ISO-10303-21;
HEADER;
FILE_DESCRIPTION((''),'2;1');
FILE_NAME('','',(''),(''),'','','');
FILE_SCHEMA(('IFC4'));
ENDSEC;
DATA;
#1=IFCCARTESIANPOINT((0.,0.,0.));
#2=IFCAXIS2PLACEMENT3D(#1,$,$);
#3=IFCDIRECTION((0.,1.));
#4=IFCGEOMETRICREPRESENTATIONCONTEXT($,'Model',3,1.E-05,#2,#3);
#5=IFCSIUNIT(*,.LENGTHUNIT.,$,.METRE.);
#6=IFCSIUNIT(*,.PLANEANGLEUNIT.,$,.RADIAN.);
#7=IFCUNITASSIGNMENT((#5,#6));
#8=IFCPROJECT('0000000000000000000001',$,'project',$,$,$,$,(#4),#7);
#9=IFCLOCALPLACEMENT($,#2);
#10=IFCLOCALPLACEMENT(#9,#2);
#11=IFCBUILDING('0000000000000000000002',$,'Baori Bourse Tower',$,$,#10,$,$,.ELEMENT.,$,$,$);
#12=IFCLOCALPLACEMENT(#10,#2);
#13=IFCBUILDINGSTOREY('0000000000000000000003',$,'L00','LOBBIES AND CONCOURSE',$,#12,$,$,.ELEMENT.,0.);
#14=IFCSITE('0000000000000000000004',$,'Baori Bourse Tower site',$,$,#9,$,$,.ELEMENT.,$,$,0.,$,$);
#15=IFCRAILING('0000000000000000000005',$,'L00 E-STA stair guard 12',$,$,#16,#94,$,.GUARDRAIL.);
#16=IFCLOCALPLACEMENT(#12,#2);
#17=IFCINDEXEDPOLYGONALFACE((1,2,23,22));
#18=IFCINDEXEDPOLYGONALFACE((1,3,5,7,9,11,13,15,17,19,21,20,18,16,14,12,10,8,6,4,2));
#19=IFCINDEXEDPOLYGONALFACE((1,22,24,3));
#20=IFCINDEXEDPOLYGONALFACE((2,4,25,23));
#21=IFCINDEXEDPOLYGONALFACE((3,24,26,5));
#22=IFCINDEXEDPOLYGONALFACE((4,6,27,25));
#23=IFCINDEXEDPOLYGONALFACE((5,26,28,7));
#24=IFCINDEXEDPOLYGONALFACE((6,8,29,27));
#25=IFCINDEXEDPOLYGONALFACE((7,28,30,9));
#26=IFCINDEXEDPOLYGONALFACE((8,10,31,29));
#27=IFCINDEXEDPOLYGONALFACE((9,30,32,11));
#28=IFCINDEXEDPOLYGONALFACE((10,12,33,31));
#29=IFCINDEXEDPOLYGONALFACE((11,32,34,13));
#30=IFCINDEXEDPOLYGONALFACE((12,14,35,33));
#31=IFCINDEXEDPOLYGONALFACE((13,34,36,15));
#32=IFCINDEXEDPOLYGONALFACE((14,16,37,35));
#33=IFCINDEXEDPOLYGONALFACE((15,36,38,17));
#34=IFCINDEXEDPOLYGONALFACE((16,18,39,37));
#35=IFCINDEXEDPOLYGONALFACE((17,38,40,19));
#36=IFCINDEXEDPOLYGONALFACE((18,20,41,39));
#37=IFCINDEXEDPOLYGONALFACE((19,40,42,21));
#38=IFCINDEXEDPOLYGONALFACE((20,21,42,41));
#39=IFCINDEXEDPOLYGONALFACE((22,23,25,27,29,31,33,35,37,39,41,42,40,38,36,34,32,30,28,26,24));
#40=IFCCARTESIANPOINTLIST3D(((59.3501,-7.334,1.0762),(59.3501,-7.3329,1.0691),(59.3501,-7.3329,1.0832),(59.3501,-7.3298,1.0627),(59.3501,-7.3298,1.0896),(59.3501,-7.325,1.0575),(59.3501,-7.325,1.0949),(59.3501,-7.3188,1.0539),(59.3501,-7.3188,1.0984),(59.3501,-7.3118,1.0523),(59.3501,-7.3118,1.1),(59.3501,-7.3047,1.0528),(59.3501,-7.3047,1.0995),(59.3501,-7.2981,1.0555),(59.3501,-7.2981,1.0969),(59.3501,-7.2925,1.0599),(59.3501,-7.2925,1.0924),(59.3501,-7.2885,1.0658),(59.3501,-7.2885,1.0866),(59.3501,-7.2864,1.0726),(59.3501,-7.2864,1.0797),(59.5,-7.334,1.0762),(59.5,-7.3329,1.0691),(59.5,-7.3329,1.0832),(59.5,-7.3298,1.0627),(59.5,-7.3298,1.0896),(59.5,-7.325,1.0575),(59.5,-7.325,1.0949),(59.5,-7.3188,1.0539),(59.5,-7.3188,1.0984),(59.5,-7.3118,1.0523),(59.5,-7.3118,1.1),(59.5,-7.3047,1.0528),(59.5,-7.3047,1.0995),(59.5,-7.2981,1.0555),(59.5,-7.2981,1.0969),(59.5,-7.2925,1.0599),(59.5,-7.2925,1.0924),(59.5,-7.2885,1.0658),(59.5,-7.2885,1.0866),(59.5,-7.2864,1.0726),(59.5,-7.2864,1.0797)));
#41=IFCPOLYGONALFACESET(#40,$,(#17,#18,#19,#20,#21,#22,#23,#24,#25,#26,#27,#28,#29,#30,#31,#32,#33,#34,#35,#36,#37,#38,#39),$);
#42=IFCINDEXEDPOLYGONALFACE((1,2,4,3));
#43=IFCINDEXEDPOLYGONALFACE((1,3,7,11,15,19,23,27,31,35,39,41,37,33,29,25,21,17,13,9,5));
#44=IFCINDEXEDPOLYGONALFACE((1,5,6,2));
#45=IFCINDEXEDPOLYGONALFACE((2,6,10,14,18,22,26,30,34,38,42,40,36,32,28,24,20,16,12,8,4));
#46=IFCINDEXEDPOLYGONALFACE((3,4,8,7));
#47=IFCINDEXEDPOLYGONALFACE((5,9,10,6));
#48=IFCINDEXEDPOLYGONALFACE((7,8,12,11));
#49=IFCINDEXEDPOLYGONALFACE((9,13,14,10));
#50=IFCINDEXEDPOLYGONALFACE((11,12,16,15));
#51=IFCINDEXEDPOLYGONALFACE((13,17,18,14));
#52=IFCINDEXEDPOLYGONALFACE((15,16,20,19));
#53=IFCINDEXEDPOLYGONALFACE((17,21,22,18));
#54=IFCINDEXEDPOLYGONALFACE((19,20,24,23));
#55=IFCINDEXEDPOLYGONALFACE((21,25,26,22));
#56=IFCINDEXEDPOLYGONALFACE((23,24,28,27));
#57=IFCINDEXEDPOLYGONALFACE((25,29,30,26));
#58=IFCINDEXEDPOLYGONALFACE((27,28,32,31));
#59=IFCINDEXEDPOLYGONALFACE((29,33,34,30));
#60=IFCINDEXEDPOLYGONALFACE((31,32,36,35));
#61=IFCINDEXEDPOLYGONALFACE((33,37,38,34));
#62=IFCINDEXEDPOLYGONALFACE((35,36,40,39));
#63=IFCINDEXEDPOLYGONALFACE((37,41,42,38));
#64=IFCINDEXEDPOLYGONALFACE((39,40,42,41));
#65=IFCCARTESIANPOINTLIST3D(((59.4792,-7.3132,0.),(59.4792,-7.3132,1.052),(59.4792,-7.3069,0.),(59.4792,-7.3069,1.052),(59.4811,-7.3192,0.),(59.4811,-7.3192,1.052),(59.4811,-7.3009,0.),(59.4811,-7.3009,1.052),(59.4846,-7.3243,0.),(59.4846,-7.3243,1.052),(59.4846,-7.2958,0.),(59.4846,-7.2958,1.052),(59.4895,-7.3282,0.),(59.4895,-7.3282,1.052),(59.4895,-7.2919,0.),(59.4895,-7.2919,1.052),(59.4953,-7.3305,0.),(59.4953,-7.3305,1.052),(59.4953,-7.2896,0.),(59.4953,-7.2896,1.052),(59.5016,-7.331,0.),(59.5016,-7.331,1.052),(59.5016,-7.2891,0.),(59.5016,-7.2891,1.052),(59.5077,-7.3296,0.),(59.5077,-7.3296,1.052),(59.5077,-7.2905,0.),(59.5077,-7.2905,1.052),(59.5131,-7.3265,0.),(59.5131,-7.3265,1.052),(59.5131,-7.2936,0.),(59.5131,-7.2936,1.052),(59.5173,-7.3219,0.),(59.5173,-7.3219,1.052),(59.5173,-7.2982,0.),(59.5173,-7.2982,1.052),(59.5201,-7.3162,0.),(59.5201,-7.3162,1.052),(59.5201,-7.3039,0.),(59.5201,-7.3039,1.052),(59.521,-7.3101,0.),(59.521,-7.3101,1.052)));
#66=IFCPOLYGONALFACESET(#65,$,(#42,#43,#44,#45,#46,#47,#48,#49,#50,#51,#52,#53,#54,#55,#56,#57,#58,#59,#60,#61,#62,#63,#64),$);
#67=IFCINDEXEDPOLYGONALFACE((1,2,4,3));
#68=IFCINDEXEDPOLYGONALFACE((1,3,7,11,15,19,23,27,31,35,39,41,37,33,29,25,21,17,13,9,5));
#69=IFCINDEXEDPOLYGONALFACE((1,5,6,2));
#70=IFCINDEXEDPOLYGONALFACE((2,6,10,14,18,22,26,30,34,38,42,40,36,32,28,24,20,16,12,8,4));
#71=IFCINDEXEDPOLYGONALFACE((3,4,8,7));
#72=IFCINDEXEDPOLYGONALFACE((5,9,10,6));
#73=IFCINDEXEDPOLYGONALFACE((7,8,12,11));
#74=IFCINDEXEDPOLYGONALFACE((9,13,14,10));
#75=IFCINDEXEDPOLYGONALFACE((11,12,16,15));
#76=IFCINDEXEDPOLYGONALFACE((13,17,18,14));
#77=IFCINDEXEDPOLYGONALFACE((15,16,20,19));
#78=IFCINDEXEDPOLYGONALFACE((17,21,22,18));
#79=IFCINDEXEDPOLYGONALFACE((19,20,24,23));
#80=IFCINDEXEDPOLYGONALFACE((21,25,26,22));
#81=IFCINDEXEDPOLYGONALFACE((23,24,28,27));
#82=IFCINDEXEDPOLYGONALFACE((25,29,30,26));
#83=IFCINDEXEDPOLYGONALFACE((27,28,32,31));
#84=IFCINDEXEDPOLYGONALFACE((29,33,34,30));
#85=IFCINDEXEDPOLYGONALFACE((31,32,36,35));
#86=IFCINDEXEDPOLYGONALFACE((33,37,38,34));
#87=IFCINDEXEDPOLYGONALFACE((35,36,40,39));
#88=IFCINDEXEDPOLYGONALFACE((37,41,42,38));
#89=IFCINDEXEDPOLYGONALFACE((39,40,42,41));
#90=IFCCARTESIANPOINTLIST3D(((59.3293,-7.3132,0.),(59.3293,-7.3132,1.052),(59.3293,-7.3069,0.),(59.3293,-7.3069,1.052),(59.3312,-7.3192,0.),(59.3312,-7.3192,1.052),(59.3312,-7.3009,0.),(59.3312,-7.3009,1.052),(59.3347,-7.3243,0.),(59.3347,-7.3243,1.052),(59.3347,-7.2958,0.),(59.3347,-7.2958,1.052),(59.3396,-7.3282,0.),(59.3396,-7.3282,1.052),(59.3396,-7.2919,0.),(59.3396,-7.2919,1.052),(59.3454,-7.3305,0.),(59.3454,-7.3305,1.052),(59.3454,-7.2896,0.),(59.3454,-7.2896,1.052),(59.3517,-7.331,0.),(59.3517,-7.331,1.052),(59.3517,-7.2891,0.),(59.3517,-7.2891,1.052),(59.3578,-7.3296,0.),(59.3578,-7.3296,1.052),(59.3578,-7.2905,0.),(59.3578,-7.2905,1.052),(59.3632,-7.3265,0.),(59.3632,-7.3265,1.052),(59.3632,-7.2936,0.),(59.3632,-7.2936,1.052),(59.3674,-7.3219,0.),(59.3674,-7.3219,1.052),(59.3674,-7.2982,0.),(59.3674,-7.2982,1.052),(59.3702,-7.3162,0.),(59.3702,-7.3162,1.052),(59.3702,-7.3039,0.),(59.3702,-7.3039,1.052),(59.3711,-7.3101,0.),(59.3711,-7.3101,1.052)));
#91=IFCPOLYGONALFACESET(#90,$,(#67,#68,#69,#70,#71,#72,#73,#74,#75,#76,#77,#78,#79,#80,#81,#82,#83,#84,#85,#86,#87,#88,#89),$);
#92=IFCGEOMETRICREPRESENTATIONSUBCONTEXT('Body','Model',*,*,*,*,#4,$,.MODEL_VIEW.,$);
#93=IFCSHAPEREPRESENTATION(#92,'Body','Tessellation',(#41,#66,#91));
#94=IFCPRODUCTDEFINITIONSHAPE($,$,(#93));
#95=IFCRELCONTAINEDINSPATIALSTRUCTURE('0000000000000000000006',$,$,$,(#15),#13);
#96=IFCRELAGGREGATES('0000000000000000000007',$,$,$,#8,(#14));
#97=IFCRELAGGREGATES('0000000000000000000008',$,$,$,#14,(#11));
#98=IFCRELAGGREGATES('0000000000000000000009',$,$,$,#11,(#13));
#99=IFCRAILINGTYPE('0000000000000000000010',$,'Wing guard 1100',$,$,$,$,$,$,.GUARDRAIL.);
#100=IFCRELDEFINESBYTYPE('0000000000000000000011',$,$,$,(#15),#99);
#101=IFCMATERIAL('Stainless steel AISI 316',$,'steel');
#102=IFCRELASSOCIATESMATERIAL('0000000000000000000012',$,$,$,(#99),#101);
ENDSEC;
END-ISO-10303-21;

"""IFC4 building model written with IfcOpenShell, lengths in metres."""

from ifc_helpers import new_model, si_unit, direction, frame, origin, origin_2d, place, context, subcontext, project, spatial, circle, extrude, material, type_object, element, save


model = new_model("IFC4")

# Units and contexts
model_context = context("Model", 3, precision=1e-05, world=origin(), true_north=direction((0.0, 1.0)))
body_context = subcontext(model_context, "Body", "Model", "MODEL_VIEW")
ifc_project = project(units=[si_unit("LENGTHUNIT", "METRE"), si_unit("PLANEANGLEUNIT", "RADIAN")], contexts=[model_context])

# Site, building, storey
site_placement = place(None, origin())
site = spatial("IfcSite", under=ifc_project, at=site_placement, Name="Baori Bourse Tower site", CompositionType="ELEMENT", RefElevation=0.0)
building_placement = place(site_placement, origin())
building = spatial("IfcBuilding", under=site, at=building_placement, Name="Baori Bourse Tower", CompositionType="ELEMENT")
storey_placement = place(building_placement, origin())
storey = spatial("IfcBuildingStorey", under=building, at=storey_placement, Name="L00", Description="LOBBIES AND CONCOURSE", CompositionType="ELEMENT", Elevation=0.0)

# Railing
ifc_material_1 = material(Name="Stainless steel AISI 316", Category="steel")
railing_type_1 = type_object("IfcRailingType", Name="Wing guard 1100", PredefinedType="GUARDRAIL", material=ifc_material_1)
railing_1_placement = place(storey_placement, frame((59.5, -7.3101, 0.0)))
element("IfcRailing", 1, at=railing_1_placement, inside=storey, type_object=railing_type_1, Name="L00 E-STA stair guard 12", PredefinedType="GUARDRAIL", context=body_context, shape_type="SweptSolid", body=[
    extrude(circle(Radius=0.0239, at=origin_2d()), frame((0.0, 0.0, 1.0762), z_axis=(-1.0, 0.0, 0.0), x_axis=(0.0, -1.0, 0.0)), (0.0, 0.0, 1.0), 0.1499),
    extrude(circle(Radius=0.021, at=origin_2d()), origin(), (0.0, 0.0, 1.0), 1.052),
    extrude(circle(Radius=0.021, at=origin_2d()), frame((-0.1499, 0.0, 0.0)), (0.0, 0.0, 1.0), 1.052),
])

save(model, "model.ifc")
